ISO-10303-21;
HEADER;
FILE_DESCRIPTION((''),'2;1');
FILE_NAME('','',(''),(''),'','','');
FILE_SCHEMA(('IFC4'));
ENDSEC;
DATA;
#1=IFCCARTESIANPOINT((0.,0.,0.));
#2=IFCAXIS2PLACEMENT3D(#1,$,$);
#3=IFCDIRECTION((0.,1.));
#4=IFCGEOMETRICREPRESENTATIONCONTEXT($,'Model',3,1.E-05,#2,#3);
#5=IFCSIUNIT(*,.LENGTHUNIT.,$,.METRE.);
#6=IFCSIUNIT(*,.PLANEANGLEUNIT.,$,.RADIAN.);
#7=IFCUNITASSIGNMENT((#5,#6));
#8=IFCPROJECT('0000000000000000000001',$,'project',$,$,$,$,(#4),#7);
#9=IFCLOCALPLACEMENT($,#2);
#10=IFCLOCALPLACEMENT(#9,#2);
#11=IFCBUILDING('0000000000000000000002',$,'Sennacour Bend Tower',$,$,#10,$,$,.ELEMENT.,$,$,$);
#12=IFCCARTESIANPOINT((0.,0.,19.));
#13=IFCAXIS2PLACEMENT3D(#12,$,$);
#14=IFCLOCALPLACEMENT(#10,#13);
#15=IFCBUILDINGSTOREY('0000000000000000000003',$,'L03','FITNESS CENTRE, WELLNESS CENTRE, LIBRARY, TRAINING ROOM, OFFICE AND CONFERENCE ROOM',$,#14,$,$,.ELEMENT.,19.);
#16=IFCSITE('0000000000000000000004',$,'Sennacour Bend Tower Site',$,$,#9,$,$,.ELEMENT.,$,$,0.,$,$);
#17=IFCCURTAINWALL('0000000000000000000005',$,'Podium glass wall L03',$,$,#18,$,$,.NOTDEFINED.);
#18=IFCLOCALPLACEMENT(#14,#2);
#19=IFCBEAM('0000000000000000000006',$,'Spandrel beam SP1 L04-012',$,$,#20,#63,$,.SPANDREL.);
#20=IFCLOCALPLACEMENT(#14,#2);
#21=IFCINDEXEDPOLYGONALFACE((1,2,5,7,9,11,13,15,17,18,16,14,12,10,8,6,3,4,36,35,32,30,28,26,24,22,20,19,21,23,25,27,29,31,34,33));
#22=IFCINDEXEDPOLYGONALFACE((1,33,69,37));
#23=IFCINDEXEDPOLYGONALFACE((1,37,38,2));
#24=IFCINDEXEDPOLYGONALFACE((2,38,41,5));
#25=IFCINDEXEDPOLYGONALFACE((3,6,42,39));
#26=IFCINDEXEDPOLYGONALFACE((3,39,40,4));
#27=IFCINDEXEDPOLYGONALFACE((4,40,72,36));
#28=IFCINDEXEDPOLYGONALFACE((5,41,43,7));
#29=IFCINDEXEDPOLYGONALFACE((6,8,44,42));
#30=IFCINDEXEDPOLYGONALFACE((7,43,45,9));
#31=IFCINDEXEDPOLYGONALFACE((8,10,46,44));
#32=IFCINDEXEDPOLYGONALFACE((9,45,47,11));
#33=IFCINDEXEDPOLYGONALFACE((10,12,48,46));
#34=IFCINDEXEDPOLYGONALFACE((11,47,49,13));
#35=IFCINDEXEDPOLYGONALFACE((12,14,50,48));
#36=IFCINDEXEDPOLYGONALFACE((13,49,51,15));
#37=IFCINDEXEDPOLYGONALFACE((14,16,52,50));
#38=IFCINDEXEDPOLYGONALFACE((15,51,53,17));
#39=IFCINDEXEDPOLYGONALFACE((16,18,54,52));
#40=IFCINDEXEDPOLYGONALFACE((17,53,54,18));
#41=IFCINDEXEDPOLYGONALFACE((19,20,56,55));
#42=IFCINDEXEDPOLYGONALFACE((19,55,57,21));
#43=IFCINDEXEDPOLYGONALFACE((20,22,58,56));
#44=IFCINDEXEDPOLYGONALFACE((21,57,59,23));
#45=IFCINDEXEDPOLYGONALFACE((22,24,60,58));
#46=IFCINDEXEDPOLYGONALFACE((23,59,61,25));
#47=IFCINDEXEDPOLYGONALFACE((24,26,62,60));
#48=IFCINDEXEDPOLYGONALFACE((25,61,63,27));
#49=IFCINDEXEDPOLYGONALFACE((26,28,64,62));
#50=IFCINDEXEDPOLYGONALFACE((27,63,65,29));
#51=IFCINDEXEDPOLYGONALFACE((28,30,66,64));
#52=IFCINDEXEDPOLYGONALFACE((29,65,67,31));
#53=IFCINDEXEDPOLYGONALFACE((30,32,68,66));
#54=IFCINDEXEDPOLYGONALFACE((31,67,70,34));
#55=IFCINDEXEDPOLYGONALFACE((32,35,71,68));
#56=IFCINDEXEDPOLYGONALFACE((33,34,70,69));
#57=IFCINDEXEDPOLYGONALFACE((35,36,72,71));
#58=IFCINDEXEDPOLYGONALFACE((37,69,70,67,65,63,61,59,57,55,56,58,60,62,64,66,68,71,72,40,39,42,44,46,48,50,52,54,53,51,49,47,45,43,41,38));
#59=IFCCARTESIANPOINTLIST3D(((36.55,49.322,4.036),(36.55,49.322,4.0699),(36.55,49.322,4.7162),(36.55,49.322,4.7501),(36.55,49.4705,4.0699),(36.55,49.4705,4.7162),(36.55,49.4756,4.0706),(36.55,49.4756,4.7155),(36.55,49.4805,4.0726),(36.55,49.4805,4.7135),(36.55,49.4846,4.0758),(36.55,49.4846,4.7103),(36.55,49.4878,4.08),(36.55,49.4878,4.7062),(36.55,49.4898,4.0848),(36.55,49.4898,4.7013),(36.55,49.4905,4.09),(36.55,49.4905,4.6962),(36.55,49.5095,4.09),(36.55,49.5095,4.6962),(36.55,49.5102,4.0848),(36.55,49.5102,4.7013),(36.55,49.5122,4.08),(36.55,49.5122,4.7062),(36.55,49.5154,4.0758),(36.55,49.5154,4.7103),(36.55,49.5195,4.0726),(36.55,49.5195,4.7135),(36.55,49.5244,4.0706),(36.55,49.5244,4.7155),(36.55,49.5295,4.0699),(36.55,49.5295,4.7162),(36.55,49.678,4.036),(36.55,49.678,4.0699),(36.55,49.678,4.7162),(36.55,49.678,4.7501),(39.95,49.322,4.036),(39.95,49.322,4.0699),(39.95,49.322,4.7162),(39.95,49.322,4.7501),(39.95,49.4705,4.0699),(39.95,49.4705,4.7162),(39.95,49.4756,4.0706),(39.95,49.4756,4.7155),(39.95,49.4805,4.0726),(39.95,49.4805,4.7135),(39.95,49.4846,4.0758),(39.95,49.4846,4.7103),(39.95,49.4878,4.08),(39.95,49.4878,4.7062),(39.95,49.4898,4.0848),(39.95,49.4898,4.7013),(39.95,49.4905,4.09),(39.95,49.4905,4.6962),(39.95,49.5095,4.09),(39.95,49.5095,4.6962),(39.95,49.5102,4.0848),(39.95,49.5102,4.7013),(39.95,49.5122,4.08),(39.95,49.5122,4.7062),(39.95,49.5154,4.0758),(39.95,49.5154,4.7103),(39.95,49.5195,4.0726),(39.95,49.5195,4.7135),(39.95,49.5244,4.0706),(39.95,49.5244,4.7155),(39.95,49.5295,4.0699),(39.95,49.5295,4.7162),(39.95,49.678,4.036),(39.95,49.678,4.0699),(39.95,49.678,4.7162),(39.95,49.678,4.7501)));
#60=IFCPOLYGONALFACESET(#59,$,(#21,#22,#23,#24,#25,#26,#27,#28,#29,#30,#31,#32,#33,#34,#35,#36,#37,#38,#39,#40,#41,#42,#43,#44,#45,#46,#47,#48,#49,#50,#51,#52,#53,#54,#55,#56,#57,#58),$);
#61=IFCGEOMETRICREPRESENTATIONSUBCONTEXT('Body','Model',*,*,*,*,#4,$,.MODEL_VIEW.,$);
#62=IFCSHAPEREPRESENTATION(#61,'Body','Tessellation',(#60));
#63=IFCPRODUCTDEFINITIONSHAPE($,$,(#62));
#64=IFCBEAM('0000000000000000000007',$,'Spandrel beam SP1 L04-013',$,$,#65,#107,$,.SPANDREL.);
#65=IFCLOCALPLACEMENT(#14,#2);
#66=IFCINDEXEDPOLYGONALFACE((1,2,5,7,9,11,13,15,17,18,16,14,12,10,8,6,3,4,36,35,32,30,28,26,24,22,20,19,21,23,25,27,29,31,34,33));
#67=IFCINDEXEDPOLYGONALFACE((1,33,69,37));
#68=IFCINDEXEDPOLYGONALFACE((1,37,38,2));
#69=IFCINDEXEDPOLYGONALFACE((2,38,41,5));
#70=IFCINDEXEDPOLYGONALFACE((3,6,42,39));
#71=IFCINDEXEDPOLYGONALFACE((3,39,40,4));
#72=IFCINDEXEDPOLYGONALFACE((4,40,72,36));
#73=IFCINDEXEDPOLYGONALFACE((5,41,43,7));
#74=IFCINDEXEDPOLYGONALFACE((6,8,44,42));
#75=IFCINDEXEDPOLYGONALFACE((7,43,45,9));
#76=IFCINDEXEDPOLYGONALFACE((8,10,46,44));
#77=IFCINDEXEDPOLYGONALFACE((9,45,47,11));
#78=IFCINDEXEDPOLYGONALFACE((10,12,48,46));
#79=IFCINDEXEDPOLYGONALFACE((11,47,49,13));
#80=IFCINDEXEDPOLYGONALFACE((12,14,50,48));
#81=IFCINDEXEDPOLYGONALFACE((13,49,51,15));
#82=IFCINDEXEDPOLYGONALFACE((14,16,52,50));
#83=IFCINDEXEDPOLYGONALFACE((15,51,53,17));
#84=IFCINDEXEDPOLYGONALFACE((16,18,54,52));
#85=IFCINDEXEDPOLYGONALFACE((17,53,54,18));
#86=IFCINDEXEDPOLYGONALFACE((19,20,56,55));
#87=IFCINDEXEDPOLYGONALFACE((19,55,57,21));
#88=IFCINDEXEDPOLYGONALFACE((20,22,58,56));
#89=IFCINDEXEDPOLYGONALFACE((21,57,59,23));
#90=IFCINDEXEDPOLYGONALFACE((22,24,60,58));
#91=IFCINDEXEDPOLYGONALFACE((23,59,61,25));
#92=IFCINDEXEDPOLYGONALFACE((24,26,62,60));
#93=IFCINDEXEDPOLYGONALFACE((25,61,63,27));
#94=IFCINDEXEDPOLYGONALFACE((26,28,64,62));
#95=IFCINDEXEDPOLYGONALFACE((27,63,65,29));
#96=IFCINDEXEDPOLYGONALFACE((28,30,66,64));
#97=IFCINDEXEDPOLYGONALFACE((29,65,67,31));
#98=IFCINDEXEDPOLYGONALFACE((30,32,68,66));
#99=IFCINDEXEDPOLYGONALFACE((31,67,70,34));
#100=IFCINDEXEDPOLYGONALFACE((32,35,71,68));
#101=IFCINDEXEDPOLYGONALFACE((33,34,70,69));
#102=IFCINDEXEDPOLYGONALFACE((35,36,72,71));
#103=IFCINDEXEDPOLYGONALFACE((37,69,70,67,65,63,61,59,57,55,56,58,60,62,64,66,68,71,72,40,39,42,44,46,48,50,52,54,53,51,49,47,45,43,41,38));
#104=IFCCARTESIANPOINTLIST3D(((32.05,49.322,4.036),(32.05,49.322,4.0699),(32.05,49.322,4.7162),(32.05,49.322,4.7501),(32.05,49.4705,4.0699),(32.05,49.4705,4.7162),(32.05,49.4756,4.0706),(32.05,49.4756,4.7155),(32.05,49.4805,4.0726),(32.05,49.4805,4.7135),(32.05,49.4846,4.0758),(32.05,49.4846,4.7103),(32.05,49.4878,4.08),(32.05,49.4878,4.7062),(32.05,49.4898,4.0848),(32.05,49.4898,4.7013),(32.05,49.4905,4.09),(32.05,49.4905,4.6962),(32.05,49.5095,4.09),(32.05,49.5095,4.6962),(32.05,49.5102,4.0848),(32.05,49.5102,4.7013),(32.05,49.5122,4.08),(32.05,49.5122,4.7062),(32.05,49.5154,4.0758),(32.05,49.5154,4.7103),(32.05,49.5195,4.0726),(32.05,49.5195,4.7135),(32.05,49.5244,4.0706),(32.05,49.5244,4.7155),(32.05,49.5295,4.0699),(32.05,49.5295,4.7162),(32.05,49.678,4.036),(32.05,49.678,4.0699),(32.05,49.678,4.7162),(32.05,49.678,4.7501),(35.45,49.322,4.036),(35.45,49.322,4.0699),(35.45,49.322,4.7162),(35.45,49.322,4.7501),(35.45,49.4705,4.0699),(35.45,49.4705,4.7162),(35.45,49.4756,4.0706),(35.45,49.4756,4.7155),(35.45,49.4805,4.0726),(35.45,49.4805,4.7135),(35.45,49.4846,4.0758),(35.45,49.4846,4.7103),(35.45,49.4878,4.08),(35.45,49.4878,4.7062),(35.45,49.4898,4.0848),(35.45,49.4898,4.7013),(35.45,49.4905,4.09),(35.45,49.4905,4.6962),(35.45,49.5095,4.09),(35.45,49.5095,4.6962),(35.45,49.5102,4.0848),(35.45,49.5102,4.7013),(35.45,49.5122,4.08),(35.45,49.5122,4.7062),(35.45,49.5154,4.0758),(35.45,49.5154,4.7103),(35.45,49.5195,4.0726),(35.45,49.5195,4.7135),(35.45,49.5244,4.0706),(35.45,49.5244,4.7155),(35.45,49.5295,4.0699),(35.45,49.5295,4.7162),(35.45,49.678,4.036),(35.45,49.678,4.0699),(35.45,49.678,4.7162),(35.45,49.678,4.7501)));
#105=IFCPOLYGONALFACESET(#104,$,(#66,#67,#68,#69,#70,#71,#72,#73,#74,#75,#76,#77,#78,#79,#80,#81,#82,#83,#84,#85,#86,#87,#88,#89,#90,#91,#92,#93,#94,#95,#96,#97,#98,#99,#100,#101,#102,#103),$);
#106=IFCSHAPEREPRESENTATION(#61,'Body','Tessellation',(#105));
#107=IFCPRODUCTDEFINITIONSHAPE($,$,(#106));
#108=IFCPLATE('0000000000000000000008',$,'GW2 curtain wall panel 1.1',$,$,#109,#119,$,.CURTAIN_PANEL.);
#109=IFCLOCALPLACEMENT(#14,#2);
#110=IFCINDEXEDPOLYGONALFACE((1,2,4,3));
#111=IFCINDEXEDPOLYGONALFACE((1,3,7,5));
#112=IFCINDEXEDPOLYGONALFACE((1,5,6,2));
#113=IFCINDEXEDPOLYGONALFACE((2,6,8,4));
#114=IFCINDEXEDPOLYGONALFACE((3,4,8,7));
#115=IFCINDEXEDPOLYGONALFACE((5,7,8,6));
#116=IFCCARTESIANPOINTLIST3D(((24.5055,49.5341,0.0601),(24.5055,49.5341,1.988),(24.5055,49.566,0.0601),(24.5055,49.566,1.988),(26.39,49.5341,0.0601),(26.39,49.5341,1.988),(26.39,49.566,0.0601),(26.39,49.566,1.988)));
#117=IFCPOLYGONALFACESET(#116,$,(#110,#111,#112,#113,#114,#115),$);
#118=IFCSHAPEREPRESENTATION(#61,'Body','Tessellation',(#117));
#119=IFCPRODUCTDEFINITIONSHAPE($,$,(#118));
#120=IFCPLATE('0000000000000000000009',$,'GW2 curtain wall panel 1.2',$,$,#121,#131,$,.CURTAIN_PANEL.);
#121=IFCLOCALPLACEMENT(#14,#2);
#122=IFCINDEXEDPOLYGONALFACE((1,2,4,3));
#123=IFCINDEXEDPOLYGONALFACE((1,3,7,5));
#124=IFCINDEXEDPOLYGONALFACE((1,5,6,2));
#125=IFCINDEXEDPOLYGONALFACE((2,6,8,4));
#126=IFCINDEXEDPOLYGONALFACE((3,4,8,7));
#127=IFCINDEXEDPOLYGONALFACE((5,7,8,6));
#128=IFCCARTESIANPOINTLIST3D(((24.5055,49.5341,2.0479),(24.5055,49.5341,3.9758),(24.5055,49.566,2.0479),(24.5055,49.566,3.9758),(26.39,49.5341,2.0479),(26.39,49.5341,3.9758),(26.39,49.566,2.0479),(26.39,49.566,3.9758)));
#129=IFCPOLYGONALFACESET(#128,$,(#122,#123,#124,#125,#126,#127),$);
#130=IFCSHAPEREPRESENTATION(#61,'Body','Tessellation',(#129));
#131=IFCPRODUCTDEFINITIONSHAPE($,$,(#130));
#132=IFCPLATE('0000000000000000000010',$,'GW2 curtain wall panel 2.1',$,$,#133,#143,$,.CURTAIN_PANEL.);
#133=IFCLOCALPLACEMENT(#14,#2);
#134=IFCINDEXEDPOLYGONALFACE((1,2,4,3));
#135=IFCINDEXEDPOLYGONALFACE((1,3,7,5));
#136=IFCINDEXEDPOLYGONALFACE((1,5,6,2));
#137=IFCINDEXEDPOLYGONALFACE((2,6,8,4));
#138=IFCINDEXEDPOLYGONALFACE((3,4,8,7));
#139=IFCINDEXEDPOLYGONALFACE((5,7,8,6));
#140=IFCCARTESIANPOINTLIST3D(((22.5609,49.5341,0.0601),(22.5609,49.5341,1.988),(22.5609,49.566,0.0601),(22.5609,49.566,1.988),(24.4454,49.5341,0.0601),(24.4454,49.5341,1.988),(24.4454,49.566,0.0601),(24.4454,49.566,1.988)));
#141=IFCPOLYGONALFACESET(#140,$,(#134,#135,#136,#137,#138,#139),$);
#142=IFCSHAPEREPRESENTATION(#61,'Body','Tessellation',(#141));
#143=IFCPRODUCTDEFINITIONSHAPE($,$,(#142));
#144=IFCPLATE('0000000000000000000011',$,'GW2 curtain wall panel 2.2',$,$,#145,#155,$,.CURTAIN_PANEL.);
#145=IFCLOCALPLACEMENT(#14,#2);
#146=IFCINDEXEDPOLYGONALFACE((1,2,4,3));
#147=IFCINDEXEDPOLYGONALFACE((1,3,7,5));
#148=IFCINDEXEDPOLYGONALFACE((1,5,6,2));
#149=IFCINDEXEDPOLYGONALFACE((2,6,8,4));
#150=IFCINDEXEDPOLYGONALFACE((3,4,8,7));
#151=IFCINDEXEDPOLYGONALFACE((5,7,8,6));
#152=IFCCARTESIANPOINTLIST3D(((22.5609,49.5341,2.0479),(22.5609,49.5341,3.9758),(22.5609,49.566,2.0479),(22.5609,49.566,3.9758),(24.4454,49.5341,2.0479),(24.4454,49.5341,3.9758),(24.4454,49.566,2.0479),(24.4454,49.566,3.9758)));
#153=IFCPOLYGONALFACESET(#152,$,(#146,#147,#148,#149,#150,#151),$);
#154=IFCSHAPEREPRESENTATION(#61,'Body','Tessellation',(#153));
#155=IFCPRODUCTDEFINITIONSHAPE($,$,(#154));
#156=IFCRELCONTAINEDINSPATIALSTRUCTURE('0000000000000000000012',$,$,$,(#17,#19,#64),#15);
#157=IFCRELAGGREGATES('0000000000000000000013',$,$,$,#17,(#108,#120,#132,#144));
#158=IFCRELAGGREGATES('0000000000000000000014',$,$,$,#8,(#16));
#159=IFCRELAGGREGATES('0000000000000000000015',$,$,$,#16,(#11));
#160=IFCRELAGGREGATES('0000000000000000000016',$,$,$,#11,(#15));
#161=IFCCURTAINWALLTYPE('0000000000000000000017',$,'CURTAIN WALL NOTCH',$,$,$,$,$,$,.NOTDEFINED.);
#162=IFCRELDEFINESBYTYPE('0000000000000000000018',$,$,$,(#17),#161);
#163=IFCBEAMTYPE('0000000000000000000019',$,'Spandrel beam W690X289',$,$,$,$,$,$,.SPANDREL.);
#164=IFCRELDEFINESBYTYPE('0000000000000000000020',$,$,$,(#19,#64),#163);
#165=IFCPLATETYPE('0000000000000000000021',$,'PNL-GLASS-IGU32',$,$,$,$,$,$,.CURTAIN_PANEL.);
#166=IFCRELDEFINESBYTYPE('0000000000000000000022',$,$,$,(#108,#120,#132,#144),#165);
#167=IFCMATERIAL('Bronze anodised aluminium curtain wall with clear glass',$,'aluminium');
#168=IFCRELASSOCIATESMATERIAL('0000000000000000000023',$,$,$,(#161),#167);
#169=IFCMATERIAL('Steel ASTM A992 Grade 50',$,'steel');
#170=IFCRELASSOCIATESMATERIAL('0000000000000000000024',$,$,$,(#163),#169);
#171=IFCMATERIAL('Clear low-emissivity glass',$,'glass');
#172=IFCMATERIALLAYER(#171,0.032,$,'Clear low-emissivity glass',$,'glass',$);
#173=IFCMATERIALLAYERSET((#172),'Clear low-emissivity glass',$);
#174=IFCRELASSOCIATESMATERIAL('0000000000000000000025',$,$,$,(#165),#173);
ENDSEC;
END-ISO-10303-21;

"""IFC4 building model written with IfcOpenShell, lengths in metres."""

from ifc_helpers import new_model, si_unit, direction, frame, origin, origin_2d, place, context, subcontext, project, spatial, rectangle, i_section, extrude, material, layer, layer_set, material_profile, profile_set, type_object, element, aggregate, save


model = new_model("IFC4")

# Units and contexts
model_context = context("Model", 3, precision=1e-05, world=origin(), true_north=direction((0.0, 1.0)))
body_context = subcontext(model_context, "Body", "Model", "MODEL_VIEW")
ifc_project = project(units=[si_unit("LENGTHUNIT", "METRE"), si_unit("PLANEANGLEUNIT", "RADIAN")], contexts=[model_context])

# Site, building, storey
site_placement = place(None, origin())
site = spatial("IfcSite", under=ifc_project, at=site_placement, Name="Sennacour Bend Tower Site", CompositionType="ELEMENT", RefElevation=0.0)
building_placement = place(site_placement, origin())
building = spatial("IfcBuilding", under=site, at=building_placement, Name="Sennacour Bend Tower", CompositionType="ELEMENT")
storey_placement = place(building_placement, frame((0.0, 0.0, 19.0)))
storey = spatial("IfcBuildingStorey", under=building, at=storey_placement, Name="L03", Description="FITNESS CENTRE, WELLNESS CENTRE, LIBRARY, TRAINING ROOM, OFFICE AND CONFERENCE ROOM", CompositionType="ELEMENT", Elevation=19.0)

# Shared definitions
ifc_material_1 = material(Name="Bronze anodised aluminium curtain wall with clear glass", Category="aluminium")
curtain_wall_type = type_object("IfcCurtainWallType", Name="CURTAIN WALL NOTCH", PredefinedType="NOTDEFINED", material=ifc_material_1)

# Curtain wall
curtain_wall_1_placement = place(storey_placement, origin())
curtain_wall_1 = element("IfcCurtainWall", 1, at=curtain_wall_1_placement, inside=storey, type_object=curtain_wall_type, Name="Podium glass wall L03", PredefinedType="NOTDEFINED")

# Beams
ifc_material_2 = material(Name="Steel ASTM A992 Grade 50", Category="steel")
ifc_material_profile_1 = material_profile(ifc_material_2, i_section(OverallWidth=0.356, OverallDepth=0.7141, WebThickness=0.019, FlangeThickness=0.0339, FilletRadius=0.02, at=origin_2d()), Name="Steel ASTM A992 Grade 50", Category="steel")
ifc_profile_set_1 = profile_set([ifc_material_profile_1], Name="Steel ASTM A992 Grade 50")
beam_type = type_object("IfcBeamType", Name="Spandrel beam W690X289", PredefinedType="SPANDREL", material=ifc_profile_set_1)
for number, where, z_axis, x_axis, name in (
    (2, (39.95, 49.5, 4.3931), (-1.0, 0.0, 0.0), (0.0, -1.0, 0.0), "Spandrel beam SP1 L04-012"),
    (3, (35.45, 49.5, 4.3931), (-1.0, 0.0, 0.0), (0.0, -1.0, 0.0), "Spandrel beam SP1 L04-013"),
):
    element("IfcBeam", number, at=place(storey_placement, frame(where, z_axis=z_axis, x_axis=x_axis)), inside=storey, type_object=beam_type, Name=name, PredefinedType="SPANDREL", context=body_context, shape_type="SweptSolid", body=[
        extrude(i_section(OverallWidth=0.356, OverallDepth=0.7141, WebThickness=0.019, FlangeThickness=0.0339, FilletRadius=0.02, at=origin_2d()), origin(), (0.0, 0.0, 1.0), 3.3999),
    ])

# Plates
ifc_material_3 = material(Name="Clear low-emissivity glass", Category="glass")
ifc_layer = layer(ifc_material_3, 0.032, Name="Clear low-emissivity glass", Category="glass")
ifc_layer_set = layer_set([ifc_layer], Name="Clear low-emissivity glass")
plate_type = type_object("IfcPlateType", Name="PNL-GLASS-IGU32", PredefinedType="CURTAIN_PANEL", material=ifc_layer_set)
plate_1_placement = place(storey_placement, frame((25.4478, 49.55, 0.0601), z_axis=(0.0, 0.0, 1.0), x_axis=(-1.0, 0.0, 0.0)))
plate_1 = element("IfcPlate", 4, at=plate_1_placement, type_object=plate_type, Name="GW2 curtain wall panel 1.1", PredefinedType="CURTAIN_PANEL", context=body_context, shape_type="SweptSolid", body=[
    extrude(rectangle(XDim=1.8845, YDim=0.032, at=origin_2d()), origin(), (0.0, 0.0, 1.0), 1.928),
])
plate_2_placement = place(storey_placement, frame((25.4478, 49.55, 2.0479), z_axis=(0.0, 0.0, 1.0), x_axis=(-1.0, 0.0, 0.0)))
plate_2 = element("IfcPlate", 5, at=plate_2_placement, type_object=plate_type, Name="GW2 curtain wall panel 1.2", PredefinedType="CURTAIN_PANEL", context=body_context, shape_type="SweptSolid", body=[
    extrude(rectangle(XDim=1.8845, YDim=0.032, at=origin_2d()), origin(), (0.0, 0.0, 1.0), 1.928),
])
plate_3_placement = place(storey_placement, frame((23.5032, 49.55, 0.0601), z_axis=(0.0, 0.0, 1.0), x_axis=(-1.0, 0.0, 0.0)))
plate_3 = element("IfcPlate", 6, at=plate_3_placement, type_object=plate_type, Name="GW2 curtain wall panel 2.1", PredefinedType="CURTAIN_PANEL", context=body_context, shape_type="SweptSolid", body=[
    extrude(rectangle(XDim=1.8845, YDim=0.032, at=origin_2d()), origin(), (0.0, 0.0, 1.0), 1.928),
])
plate_4_placement = place(storey_placement, frame((23.5032, 49.55, 2.0479), z_axis=(0.0, 0.0, 1.0), x_axis=(-1.0, 0.0, 0.0)))
plate_4 = element("IfcPlate", 7, at=plate_4_placement, type_object=plate_type, Name="GW2 curtain wall panel 2.2", PredefinedType="CURTAIN_PANEL", context=body_context, shape_type="SweptSolid", body=[
    extrude(rectangle(XDim=1.8845, YDim=0.032, at=origin_2d()), origin(), (0.0, 0.0, 1.0), 1.928),
])
aggregate(curtain_wall_1, [plate_1, plate_2, plate_3, plate_4])

save(model, "model.ifc")
